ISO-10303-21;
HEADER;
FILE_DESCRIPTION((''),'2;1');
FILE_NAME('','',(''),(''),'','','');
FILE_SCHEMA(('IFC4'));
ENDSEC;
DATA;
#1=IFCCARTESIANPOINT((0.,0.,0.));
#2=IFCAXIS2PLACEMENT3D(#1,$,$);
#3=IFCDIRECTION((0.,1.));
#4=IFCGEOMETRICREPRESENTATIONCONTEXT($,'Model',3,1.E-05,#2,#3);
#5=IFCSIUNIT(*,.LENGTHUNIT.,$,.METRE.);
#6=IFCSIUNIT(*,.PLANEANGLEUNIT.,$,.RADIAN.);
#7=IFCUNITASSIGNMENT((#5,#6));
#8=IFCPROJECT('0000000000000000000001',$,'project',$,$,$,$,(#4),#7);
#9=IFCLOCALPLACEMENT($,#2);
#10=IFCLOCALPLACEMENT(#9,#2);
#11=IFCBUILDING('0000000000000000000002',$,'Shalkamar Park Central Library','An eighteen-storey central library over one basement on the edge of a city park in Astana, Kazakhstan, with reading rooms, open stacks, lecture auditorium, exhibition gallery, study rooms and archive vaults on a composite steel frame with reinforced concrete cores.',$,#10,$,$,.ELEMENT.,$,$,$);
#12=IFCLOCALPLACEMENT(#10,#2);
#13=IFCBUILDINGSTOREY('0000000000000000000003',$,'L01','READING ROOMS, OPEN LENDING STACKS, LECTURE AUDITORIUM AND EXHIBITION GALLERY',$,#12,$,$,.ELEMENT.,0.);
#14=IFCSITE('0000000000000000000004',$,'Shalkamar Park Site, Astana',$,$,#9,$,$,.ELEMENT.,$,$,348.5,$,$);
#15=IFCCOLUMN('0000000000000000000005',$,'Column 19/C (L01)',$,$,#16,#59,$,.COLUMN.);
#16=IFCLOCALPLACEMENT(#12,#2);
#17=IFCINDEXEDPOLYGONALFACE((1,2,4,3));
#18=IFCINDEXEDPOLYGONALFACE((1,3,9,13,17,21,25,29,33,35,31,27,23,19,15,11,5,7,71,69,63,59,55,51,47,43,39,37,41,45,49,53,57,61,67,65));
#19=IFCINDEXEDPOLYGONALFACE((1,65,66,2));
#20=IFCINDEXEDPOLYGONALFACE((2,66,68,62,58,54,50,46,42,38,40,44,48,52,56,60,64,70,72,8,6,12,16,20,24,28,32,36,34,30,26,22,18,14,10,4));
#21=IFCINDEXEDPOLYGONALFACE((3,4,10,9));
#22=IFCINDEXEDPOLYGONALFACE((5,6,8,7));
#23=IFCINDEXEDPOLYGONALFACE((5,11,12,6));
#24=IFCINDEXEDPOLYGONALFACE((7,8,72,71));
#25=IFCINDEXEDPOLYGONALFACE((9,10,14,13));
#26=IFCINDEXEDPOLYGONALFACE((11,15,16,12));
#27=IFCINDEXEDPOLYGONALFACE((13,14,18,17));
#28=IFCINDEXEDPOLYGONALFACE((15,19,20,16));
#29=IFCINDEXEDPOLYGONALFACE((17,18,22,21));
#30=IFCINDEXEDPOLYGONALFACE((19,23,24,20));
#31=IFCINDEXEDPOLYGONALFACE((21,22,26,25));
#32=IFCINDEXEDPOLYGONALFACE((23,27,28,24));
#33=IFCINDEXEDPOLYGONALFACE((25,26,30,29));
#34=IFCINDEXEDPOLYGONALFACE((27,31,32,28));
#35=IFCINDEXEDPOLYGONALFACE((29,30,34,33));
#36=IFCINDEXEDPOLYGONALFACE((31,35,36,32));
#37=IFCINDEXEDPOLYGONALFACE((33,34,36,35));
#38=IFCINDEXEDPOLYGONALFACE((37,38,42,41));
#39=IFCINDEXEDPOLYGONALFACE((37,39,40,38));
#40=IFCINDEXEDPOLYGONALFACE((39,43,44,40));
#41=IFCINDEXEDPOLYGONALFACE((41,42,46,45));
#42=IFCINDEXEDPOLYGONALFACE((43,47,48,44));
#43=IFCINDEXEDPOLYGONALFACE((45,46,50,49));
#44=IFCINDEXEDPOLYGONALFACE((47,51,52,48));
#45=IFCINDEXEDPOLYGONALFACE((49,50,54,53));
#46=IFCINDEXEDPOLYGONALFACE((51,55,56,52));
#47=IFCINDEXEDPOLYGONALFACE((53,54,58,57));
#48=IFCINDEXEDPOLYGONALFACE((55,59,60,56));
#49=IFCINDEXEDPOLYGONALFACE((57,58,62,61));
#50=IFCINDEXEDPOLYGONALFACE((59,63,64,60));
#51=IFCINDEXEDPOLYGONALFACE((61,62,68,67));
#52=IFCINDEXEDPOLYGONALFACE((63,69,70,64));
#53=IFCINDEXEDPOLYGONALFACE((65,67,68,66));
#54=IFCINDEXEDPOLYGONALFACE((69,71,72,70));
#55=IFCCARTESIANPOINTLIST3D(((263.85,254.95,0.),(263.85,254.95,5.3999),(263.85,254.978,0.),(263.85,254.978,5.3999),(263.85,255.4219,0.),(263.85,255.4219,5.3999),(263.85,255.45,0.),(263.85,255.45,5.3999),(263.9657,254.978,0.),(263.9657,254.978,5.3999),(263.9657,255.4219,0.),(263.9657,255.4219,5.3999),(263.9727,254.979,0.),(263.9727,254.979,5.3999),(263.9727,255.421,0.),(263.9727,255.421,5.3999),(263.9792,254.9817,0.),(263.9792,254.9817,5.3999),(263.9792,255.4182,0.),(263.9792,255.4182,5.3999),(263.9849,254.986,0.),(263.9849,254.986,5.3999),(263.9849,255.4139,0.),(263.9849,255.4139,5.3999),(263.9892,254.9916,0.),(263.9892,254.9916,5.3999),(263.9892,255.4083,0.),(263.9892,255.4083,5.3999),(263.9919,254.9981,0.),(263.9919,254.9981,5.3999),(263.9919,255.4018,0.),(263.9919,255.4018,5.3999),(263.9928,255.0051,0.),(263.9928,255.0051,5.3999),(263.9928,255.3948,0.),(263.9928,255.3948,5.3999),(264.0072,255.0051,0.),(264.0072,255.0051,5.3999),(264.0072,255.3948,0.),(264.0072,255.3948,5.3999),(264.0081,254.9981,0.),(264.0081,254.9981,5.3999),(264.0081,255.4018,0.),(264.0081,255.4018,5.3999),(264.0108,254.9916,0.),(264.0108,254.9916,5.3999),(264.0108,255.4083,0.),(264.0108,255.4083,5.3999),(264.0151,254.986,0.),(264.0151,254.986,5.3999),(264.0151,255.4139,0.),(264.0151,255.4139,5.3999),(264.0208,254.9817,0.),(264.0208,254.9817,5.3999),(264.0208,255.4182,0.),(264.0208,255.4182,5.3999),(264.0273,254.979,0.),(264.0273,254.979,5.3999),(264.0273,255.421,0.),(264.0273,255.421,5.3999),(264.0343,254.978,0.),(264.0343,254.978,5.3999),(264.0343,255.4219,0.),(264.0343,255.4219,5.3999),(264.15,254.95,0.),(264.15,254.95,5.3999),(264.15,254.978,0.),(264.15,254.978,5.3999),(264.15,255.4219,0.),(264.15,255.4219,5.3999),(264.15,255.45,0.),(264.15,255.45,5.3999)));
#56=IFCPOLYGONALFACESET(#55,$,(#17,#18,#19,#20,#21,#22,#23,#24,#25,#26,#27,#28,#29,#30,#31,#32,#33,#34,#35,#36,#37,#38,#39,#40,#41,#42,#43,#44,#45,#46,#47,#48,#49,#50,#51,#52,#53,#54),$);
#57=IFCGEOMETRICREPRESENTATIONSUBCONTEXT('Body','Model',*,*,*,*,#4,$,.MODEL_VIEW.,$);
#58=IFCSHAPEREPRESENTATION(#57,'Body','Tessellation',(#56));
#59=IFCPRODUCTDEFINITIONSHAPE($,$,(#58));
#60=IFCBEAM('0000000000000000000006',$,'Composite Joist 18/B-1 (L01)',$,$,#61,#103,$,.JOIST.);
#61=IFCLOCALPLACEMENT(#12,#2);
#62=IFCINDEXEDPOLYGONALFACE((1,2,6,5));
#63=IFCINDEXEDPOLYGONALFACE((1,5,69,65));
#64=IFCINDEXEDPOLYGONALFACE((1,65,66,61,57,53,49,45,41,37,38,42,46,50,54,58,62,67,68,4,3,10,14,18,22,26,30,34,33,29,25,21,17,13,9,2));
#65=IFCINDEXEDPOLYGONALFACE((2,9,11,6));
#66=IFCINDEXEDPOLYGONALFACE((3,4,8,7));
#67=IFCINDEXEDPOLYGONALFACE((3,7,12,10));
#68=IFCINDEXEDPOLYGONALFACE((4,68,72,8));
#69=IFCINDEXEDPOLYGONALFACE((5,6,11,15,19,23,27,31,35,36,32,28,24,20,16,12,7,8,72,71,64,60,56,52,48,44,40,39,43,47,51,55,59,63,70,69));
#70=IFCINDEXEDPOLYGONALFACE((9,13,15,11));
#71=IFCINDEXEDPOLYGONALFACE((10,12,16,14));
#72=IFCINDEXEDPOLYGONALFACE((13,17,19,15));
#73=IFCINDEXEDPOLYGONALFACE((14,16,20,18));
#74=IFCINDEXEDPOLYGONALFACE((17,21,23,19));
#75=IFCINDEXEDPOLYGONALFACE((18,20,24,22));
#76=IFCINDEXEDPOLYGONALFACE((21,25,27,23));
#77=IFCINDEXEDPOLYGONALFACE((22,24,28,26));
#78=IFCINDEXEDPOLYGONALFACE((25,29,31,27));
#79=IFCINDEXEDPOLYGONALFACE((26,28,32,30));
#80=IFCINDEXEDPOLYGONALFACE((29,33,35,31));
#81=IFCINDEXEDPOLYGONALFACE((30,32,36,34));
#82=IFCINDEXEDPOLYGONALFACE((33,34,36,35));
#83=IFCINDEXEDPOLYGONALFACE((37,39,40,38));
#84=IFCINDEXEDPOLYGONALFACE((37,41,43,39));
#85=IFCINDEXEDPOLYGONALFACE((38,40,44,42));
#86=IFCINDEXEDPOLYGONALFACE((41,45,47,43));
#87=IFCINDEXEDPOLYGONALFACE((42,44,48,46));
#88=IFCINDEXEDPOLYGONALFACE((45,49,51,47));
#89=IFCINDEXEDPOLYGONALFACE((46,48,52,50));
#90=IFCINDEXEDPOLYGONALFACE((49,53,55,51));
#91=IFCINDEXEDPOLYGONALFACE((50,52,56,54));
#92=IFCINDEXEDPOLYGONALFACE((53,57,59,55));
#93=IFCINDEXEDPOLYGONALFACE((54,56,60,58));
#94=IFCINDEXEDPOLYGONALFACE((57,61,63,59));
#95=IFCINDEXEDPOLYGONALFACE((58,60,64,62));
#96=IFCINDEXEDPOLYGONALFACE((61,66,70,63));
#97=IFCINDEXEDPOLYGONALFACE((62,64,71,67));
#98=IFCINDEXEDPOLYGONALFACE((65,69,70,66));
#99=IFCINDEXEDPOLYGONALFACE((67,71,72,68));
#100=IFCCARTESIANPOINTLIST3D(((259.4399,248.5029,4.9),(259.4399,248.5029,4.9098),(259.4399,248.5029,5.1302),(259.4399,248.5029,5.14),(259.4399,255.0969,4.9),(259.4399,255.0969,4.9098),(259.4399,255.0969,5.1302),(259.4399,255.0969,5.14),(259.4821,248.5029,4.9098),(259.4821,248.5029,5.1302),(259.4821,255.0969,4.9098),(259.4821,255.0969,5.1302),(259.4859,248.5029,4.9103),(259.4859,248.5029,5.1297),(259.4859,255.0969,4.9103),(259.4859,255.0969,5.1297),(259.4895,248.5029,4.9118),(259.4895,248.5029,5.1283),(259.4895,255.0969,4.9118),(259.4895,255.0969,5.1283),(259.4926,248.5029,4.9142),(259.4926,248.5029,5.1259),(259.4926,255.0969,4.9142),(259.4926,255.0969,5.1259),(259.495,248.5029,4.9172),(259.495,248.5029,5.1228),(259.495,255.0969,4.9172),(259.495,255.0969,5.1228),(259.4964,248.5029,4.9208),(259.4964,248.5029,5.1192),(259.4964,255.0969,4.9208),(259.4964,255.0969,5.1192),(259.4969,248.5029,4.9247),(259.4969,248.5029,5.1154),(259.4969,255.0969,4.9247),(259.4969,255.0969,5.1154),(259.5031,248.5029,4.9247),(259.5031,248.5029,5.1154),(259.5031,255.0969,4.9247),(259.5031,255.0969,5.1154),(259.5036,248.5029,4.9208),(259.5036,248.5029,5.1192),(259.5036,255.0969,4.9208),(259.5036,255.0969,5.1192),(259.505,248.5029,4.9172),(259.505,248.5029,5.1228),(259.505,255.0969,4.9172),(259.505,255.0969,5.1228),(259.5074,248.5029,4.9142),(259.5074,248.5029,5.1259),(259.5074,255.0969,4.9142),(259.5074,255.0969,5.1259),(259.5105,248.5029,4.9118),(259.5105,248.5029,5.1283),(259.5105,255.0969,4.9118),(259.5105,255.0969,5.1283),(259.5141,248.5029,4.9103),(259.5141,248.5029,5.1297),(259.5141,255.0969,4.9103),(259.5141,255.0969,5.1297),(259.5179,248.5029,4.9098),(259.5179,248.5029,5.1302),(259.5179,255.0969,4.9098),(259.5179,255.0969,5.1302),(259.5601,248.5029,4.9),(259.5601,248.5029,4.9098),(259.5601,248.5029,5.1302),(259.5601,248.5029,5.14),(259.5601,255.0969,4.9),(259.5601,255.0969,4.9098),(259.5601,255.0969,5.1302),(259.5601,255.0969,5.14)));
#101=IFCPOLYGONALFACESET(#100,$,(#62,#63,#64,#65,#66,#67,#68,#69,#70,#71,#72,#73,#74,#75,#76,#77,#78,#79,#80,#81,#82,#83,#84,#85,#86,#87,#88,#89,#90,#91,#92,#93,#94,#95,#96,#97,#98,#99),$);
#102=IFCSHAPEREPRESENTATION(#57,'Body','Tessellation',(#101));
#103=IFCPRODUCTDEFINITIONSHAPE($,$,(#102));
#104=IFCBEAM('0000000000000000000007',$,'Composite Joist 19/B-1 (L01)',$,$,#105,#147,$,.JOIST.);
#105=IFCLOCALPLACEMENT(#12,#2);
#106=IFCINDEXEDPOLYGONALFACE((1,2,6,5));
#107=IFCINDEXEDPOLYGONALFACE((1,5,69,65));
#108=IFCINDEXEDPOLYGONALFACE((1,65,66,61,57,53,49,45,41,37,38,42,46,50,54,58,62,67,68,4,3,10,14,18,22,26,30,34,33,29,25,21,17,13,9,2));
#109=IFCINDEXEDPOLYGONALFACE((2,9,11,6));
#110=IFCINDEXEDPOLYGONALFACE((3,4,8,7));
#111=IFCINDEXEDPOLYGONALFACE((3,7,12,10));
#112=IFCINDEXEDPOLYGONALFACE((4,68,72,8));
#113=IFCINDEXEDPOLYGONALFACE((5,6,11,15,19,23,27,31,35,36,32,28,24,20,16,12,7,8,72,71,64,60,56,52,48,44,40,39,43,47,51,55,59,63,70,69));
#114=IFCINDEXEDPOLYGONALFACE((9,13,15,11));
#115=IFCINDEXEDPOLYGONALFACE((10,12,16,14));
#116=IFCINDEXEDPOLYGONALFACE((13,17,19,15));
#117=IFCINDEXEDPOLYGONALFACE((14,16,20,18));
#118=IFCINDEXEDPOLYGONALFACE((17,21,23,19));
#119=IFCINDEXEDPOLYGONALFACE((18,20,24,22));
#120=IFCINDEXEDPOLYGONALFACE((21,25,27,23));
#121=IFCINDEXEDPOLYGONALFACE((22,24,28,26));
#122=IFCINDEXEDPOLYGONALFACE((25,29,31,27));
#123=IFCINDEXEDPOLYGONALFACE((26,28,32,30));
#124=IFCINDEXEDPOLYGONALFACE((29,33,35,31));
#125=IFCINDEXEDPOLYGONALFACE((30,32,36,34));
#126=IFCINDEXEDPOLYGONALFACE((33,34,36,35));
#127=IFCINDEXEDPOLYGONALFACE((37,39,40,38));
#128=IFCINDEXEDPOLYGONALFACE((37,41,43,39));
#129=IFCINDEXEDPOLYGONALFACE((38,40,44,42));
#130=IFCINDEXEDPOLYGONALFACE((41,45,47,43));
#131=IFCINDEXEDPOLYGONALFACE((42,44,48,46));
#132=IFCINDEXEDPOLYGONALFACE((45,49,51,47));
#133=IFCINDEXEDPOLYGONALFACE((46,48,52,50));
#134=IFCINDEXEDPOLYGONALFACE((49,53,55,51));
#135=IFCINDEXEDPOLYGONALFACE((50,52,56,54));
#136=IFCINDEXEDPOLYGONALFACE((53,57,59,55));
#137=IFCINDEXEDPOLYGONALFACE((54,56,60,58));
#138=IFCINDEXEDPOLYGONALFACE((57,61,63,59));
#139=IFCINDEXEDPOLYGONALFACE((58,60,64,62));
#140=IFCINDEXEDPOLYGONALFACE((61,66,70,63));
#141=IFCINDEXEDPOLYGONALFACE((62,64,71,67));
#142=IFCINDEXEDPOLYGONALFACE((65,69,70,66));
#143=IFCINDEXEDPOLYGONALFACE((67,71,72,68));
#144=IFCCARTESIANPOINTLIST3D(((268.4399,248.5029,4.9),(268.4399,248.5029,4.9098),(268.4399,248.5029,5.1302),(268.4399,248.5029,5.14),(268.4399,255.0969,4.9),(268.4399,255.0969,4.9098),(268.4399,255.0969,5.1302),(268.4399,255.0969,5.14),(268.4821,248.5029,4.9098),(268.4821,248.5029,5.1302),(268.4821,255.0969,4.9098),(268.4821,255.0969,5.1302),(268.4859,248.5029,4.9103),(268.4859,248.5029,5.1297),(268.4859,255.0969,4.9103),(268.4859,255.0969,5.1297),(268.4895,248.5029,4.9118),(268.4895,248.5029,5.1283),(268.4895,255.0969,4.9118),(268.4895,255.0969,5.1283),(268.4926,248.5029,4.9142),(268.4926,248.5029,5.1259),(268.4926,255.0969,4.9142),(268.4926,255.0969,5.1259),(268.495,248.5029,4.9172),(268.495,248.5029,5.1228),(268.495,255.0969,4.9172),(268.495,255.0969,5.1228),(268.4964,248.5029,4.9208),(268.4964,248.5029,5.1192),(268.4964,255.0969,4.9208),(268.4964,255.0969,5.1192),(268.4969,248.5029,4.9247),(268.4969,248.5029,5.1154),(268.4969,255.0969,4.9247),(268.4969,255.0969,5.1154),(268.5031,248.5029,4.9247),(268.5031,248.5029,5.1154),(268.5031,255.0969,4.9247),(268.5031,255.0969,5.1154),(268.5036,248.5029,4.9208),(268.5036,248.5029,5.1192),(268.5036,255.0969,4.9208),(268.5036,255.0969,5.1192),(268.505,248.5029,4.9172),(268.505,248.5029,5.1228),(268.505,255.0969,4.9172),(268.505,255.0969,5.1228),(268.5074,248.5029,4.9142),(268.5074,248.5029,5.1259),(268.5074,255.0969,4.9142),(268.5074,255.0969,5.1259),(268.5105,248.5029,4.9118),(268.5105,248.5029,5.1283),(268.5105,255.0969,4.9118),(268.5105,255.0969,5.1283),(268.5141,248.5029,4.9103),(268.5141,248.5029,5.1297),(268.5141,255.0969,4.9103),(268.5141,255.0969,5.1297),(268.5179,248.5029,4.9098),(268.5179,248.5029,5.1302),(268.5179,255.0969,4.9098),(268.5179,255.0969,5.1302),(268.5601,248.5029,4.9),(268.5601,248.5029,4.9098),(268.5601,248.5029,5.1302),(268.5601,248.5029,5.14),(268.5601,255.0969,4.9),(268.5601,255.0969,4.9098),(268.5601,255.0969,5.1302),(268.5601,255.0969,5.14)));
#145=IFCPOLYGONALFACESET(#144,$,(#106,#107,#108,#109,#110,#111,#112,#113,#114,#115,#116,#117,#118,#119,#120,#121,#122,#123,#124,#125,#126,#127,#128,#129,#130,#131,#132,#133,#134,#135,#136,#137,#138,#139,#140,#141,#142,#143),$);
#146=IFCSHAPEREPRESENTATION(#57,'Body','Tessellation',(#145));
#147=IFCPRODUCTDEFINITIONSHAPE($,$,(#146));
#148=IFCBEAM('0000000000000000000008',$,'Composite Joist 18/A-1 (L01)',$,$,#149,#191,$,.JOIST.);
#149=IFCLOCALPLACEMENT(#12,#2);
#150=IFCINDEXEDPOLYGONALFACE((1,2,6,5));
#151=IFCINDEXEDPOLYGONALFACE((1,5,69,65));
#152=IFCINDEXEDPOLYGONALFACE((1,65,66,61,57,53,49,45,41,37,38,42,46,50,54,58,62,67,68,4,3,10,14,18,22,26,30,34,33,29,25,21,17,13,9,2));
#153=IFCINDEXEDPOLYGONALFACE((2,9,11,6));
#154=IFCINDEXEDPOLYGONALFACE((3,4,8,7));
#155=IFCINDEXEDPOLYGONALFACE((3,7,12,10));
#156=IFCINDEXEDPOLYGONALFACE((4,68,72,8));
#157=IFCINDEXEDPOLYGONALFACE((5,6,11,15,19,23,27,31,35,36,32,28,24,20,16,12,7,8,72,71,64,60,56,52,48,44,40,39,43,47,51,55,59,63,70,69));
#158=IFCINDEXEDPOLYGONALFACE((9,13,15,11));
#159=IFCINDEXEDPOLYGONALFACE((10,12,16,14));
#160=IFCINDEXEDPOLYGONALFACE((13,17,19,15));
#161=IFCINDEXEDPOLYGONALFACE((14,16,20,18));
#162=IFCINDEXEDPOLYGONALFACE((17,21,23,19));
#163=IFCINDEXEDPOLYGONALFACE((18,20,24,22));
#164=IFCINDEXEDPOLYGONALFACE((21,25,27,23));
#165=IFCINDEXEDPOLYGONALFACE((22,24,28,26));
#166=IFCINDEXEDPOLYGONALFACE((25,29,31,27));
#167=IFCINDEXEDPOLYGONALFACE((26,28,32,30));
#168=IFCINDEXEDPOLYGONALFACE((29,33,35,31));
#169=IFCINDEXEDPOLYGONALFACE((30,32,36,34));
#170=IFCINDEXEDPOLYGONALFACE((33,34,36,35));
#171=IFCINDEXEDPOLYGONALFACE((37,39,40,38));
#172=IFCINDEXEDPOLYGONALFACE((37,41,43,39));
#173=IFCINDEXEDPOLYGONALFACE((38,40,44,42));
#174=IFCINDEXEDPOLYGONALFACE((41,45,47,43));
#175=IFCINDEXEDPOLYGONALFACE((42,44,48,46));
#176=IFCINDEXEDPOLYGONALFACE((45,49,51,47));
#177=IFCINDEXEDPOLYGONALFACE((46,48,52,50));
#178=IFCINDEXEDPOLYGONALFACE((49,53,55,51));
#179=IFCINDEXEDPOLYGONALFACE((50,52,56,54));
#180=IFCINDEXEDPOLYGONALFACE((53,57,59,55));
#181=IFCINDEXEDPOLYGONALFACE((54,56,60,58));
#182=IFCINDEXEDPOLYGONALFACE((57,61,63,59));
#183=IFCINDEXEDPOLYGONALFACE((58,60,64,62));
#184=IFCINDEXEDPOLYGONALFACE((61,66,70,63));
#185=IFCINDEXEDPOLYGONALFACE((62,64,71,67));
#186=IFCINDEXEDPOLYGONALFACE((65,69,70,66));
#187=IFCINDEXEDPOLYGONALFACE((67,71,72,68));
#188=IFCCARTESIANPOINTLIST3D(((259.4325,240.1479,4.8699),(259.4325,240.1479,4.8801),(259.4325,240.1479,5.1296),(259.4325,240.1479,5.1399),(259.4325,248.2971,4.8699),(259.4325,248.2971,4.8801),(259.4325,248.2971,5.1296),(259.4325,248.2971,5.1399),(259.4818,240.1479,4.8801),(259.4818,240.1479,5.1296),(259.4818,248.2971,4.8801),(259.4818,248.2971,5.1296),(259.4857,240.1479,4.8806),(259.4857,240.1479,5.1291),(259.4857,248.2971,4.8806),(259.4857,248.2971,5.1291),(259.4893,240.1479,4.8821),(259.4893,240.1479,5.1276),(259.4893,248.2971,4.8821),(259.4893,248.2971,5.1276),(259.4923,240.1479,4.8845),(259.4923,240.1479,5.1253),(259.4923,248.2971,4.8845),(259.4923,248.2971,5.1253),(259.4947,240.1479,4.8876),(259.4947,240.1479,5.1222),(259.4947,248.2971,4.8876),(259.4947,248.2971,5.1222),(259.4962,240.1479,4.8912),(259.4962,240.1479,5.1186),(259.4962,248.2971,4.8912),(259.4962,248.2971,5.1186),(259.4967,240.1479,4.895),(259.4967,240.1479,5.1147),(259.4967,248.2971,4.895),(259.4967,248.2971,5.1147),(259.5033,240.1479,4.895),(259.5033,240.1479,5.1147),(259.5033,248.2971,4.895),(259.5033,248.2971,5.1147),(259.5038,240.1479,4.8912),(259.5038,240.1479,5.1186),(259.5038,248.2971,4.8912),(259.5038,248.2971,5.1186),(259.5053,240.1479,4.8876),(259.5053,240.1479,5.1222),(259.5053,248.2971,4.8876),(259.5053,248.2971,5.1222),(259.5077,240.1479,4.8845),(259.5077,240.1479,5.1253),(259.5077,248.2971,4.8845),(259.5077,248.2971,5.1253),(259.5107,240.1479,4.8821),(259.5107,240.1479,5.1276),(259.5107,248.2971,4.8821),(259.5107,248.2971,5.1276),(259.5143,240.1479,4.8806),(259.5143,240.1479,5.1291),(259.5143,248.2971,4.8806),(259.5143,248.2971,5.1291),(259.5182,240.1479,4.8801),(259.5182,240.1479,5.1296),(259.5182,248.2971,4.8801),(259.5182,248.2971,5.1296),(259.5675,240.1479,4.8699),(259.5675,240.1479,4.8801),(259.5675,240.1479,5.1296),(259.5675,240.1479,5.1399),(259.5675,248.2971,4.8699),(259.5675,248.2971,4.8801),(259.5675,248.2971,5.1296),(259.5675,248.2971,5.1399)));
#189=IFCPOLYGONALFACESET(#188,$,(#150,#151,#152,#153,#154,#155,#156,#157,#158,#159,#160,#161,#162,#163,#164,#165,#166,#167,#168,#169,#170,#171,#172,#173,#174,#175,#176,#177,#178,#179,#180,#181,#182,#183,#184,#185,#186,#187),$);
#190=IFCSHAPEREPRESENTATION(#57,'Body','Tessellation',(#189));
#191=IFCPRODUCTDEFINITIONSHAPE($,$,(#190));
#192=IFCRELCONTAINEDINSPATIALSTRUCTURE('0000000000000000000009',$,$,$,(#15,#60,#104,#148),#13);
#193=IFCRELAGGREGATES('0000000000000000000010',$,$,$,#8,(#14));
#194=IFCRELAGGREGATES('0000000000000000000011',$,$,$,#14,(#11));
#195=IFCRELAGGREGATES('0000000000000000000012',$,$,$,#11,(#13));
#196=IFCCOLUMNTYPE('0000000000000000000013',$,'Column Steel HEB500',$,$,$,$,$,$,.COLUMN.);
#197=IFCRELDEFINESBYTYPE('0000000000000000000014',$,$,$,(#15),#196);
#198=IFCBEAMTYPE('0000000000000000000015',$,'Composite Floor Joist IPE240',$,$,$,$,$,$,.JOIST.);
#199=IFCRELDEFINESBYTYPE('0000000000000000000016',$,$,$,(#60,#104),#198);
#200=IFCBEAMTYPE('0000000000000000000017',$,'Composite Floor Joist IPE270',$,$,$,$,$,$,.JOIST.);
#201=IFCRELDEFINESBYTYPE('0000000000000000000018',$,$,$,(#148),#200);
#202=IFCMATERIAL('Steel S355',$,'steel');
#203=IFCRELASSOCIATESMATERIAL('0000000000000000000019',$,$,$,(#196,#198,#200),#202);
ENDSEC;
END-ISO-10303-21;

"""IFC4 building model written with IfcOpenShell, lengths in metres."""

from ifc_helpers import new_model, si_unit, direction, frame, origin, origin_2d, place, context, subcontext, project, spatial, i_section, extrude, material, material_profile, profile_set, type_object, element, save


model = new_model("IFC4")

# Units and contexts
model_context = context("Model", 3, precision=1e-05, world=origin(), true_north=direction((0.0, 1.0)))
body_context = subcontext(model_context, "Body", "Model", "MODEL_VIEW")
ifc_project = project(units=[si_unit("LENGTHUNIT", "METRE"), si_unit("PLANEANGLEUNIT", "RADIAN")], contexts=[model_context])

# Site, building, storey
site_placement = place(None, origin())
site = spatial("IfcSite", under=ifc_project, at=site_placement, Name="Shalkamar Park Site, Astana", CompositionType="ELEMENT", RefElevation=348.5)
building_placement = place(site_placement, origin())
building = spatial("IfcBuilding", under=site, at=building_placement, Name="Shalkamar Park Central Library", Description="An eighteen-storey central library over one basement on the edge of a city park in Astana, Kazakhstan, with reading rooms, open stacks, lecture auditorium, exhibition gallery, study rooms and archive vaults on a composite steel frame with reinforced concrete cores.", CompositionType="ELEMENT")
storey_placement = place(building_placement, origin())
storey = spatial("IfcBuildingStorey", under=building, at=storey_placement, Name="L01", Description="READING ROOMS, OPEN LENDING STACKS, LECTURE AUDITORIUM AND EXHIBITION GALLERY", CompositionType="ELEMENT", Elevation=0.0)

# Column
ifc_material_1 = material(Name="Steel S355", Category="steel")
ifc_material_profile_1 = material_profile(ifc_material_1, i_section(OverallWidth=0.3, OverallDepth=0.5, WebThickness=0.0144, FlangeThickness=0.0281, FilletRadius=0.0271, at=origin_2d()), Name="HEB 500")
ifc_profile_set_1 = profile_set([ifc_material_profile_1], Name="Steel S355")
column_type_1 = type_object("IfcColumnType", Name="Column Steel HEB500", PredefinedType="COLUMN", material=ifc_profile_set_1)
for number, where, z_axis, x_axis, name in (
    (1, (264.0, 255.2, 0.0), (0.0, 0.0, 1.0), (1.0, 0.0, 0.0), "Column 19/C (L01)"),
):
    element("IfcColumn", number, at=place(storey_placement, frame(where, z_axis=z_axis, x_axis=x_axis)), inside=storey, type_object=column_type_1, Name=name, PredefinedType="COLUMN", context=body_context, shape_type="SweptSolid", body=[
        extrude(i_section(OverallWidth=0.3, OverallDepth=0.5, WebThickness=0.0144, FlangeThickness=0.0281, FilletRadius=0.0271, at=origin_2d()), origin(), (0.0, 0.0, 1.0), 5.3999),
    ])

# Beams
ifc_material_profile_2 = material_profile(ifc_material_1, i_section(OverallWidth=0.1201, OverallDepth=0.24, WebThickness=0.0061, FlangeThickness=0.0098, FilletRadius=0.0149, at=origin_2d()), Name="IPE 240")
ifc_profile_set_2 = profile_set([ifc_material_profile_2], Name="Steel S355")
beam_type_1 = type_object("IfcBeamType", Name="Composite Floor Joist IPE240", PredefinedType="JOIST", material=ifc_profile_set_2)
for number, where, z_axis, x_axis, name in (
    (2, (259.5, 248.5029, 5.02), (0.0, 1.0, 0.0), (-1.0, 0.0, 0.0), "Composite Joist 18/B-1 (L01)"),
    (3, (268.5, 248.5029, 5.02), (0.0, 1.0, 0.0), (-1.0, 0.0, 0.0), "Composite Joist 19/B-1 (L01)"),
):
    element("IfcBeam", number, at=place(storey_placement, frame(where, z_axis=z_axis, x_axis=x_axis)), inside=storey, type_object=beam_type_1, Name=name, PredefinedType="JOIST", context=body_context, shape_type="SweptSolid", body=[
        extrude(i_section(OverallWidth=0.1201, OverallDepth=0.24, WebThickness=0.0061, FlangeThickness=0.0098, FilletRadius=0.0149, at=origin_2d()), origin(), (0.0, 0.0, 1.0), 6.594),
    ])
ifc_material_profile_3 = material_profile(ifc_material_1, i_section(OverallWidth=0.135, OverallDepth=0.27, WebThickness=0.0066, FlangeThickness=0.0103, FilletRadius=0.0149, at=origin_2d()), Name="IPE 270")
ifc_profile_set_3 = profile_set([ifc_material_profile_3], Name="Steel S355")
beam_type_2 = type_object("IfcBeamType", Name="Composite Floor Joist IPE270", PredefinedType="JOIST", material=ifc_profile_set_3)
for number, where, z_axis, x_axis, name in (
    (4, (259.5, 240.1479, 5.0049), (0.0, 1.0, 0.0), (-1.0, 0.0, 0.0), "Composite Joist 18/A-1 (L01)"),
):
    element("IfcBeam", number, at=place(storey_placement, frame(where, z_axis=z_axis, x_axis=x_axis)), inside=storey, type_object=beam_type_2, Name=name, PredefinedType="JOIST", context=body_context, shape_type="SweptSolid", body=[
        extrude(i_section(OverallWidth=0.135, OverallDepth=0.27, WebThickness=0.0066, FlangeThickness=0.0103, FilletRadius=0.0149, at=origin_2d()), origin(), (0.0, 0.0, 1.0), 8.1492),
    ])

save(model, "model.ifc")
